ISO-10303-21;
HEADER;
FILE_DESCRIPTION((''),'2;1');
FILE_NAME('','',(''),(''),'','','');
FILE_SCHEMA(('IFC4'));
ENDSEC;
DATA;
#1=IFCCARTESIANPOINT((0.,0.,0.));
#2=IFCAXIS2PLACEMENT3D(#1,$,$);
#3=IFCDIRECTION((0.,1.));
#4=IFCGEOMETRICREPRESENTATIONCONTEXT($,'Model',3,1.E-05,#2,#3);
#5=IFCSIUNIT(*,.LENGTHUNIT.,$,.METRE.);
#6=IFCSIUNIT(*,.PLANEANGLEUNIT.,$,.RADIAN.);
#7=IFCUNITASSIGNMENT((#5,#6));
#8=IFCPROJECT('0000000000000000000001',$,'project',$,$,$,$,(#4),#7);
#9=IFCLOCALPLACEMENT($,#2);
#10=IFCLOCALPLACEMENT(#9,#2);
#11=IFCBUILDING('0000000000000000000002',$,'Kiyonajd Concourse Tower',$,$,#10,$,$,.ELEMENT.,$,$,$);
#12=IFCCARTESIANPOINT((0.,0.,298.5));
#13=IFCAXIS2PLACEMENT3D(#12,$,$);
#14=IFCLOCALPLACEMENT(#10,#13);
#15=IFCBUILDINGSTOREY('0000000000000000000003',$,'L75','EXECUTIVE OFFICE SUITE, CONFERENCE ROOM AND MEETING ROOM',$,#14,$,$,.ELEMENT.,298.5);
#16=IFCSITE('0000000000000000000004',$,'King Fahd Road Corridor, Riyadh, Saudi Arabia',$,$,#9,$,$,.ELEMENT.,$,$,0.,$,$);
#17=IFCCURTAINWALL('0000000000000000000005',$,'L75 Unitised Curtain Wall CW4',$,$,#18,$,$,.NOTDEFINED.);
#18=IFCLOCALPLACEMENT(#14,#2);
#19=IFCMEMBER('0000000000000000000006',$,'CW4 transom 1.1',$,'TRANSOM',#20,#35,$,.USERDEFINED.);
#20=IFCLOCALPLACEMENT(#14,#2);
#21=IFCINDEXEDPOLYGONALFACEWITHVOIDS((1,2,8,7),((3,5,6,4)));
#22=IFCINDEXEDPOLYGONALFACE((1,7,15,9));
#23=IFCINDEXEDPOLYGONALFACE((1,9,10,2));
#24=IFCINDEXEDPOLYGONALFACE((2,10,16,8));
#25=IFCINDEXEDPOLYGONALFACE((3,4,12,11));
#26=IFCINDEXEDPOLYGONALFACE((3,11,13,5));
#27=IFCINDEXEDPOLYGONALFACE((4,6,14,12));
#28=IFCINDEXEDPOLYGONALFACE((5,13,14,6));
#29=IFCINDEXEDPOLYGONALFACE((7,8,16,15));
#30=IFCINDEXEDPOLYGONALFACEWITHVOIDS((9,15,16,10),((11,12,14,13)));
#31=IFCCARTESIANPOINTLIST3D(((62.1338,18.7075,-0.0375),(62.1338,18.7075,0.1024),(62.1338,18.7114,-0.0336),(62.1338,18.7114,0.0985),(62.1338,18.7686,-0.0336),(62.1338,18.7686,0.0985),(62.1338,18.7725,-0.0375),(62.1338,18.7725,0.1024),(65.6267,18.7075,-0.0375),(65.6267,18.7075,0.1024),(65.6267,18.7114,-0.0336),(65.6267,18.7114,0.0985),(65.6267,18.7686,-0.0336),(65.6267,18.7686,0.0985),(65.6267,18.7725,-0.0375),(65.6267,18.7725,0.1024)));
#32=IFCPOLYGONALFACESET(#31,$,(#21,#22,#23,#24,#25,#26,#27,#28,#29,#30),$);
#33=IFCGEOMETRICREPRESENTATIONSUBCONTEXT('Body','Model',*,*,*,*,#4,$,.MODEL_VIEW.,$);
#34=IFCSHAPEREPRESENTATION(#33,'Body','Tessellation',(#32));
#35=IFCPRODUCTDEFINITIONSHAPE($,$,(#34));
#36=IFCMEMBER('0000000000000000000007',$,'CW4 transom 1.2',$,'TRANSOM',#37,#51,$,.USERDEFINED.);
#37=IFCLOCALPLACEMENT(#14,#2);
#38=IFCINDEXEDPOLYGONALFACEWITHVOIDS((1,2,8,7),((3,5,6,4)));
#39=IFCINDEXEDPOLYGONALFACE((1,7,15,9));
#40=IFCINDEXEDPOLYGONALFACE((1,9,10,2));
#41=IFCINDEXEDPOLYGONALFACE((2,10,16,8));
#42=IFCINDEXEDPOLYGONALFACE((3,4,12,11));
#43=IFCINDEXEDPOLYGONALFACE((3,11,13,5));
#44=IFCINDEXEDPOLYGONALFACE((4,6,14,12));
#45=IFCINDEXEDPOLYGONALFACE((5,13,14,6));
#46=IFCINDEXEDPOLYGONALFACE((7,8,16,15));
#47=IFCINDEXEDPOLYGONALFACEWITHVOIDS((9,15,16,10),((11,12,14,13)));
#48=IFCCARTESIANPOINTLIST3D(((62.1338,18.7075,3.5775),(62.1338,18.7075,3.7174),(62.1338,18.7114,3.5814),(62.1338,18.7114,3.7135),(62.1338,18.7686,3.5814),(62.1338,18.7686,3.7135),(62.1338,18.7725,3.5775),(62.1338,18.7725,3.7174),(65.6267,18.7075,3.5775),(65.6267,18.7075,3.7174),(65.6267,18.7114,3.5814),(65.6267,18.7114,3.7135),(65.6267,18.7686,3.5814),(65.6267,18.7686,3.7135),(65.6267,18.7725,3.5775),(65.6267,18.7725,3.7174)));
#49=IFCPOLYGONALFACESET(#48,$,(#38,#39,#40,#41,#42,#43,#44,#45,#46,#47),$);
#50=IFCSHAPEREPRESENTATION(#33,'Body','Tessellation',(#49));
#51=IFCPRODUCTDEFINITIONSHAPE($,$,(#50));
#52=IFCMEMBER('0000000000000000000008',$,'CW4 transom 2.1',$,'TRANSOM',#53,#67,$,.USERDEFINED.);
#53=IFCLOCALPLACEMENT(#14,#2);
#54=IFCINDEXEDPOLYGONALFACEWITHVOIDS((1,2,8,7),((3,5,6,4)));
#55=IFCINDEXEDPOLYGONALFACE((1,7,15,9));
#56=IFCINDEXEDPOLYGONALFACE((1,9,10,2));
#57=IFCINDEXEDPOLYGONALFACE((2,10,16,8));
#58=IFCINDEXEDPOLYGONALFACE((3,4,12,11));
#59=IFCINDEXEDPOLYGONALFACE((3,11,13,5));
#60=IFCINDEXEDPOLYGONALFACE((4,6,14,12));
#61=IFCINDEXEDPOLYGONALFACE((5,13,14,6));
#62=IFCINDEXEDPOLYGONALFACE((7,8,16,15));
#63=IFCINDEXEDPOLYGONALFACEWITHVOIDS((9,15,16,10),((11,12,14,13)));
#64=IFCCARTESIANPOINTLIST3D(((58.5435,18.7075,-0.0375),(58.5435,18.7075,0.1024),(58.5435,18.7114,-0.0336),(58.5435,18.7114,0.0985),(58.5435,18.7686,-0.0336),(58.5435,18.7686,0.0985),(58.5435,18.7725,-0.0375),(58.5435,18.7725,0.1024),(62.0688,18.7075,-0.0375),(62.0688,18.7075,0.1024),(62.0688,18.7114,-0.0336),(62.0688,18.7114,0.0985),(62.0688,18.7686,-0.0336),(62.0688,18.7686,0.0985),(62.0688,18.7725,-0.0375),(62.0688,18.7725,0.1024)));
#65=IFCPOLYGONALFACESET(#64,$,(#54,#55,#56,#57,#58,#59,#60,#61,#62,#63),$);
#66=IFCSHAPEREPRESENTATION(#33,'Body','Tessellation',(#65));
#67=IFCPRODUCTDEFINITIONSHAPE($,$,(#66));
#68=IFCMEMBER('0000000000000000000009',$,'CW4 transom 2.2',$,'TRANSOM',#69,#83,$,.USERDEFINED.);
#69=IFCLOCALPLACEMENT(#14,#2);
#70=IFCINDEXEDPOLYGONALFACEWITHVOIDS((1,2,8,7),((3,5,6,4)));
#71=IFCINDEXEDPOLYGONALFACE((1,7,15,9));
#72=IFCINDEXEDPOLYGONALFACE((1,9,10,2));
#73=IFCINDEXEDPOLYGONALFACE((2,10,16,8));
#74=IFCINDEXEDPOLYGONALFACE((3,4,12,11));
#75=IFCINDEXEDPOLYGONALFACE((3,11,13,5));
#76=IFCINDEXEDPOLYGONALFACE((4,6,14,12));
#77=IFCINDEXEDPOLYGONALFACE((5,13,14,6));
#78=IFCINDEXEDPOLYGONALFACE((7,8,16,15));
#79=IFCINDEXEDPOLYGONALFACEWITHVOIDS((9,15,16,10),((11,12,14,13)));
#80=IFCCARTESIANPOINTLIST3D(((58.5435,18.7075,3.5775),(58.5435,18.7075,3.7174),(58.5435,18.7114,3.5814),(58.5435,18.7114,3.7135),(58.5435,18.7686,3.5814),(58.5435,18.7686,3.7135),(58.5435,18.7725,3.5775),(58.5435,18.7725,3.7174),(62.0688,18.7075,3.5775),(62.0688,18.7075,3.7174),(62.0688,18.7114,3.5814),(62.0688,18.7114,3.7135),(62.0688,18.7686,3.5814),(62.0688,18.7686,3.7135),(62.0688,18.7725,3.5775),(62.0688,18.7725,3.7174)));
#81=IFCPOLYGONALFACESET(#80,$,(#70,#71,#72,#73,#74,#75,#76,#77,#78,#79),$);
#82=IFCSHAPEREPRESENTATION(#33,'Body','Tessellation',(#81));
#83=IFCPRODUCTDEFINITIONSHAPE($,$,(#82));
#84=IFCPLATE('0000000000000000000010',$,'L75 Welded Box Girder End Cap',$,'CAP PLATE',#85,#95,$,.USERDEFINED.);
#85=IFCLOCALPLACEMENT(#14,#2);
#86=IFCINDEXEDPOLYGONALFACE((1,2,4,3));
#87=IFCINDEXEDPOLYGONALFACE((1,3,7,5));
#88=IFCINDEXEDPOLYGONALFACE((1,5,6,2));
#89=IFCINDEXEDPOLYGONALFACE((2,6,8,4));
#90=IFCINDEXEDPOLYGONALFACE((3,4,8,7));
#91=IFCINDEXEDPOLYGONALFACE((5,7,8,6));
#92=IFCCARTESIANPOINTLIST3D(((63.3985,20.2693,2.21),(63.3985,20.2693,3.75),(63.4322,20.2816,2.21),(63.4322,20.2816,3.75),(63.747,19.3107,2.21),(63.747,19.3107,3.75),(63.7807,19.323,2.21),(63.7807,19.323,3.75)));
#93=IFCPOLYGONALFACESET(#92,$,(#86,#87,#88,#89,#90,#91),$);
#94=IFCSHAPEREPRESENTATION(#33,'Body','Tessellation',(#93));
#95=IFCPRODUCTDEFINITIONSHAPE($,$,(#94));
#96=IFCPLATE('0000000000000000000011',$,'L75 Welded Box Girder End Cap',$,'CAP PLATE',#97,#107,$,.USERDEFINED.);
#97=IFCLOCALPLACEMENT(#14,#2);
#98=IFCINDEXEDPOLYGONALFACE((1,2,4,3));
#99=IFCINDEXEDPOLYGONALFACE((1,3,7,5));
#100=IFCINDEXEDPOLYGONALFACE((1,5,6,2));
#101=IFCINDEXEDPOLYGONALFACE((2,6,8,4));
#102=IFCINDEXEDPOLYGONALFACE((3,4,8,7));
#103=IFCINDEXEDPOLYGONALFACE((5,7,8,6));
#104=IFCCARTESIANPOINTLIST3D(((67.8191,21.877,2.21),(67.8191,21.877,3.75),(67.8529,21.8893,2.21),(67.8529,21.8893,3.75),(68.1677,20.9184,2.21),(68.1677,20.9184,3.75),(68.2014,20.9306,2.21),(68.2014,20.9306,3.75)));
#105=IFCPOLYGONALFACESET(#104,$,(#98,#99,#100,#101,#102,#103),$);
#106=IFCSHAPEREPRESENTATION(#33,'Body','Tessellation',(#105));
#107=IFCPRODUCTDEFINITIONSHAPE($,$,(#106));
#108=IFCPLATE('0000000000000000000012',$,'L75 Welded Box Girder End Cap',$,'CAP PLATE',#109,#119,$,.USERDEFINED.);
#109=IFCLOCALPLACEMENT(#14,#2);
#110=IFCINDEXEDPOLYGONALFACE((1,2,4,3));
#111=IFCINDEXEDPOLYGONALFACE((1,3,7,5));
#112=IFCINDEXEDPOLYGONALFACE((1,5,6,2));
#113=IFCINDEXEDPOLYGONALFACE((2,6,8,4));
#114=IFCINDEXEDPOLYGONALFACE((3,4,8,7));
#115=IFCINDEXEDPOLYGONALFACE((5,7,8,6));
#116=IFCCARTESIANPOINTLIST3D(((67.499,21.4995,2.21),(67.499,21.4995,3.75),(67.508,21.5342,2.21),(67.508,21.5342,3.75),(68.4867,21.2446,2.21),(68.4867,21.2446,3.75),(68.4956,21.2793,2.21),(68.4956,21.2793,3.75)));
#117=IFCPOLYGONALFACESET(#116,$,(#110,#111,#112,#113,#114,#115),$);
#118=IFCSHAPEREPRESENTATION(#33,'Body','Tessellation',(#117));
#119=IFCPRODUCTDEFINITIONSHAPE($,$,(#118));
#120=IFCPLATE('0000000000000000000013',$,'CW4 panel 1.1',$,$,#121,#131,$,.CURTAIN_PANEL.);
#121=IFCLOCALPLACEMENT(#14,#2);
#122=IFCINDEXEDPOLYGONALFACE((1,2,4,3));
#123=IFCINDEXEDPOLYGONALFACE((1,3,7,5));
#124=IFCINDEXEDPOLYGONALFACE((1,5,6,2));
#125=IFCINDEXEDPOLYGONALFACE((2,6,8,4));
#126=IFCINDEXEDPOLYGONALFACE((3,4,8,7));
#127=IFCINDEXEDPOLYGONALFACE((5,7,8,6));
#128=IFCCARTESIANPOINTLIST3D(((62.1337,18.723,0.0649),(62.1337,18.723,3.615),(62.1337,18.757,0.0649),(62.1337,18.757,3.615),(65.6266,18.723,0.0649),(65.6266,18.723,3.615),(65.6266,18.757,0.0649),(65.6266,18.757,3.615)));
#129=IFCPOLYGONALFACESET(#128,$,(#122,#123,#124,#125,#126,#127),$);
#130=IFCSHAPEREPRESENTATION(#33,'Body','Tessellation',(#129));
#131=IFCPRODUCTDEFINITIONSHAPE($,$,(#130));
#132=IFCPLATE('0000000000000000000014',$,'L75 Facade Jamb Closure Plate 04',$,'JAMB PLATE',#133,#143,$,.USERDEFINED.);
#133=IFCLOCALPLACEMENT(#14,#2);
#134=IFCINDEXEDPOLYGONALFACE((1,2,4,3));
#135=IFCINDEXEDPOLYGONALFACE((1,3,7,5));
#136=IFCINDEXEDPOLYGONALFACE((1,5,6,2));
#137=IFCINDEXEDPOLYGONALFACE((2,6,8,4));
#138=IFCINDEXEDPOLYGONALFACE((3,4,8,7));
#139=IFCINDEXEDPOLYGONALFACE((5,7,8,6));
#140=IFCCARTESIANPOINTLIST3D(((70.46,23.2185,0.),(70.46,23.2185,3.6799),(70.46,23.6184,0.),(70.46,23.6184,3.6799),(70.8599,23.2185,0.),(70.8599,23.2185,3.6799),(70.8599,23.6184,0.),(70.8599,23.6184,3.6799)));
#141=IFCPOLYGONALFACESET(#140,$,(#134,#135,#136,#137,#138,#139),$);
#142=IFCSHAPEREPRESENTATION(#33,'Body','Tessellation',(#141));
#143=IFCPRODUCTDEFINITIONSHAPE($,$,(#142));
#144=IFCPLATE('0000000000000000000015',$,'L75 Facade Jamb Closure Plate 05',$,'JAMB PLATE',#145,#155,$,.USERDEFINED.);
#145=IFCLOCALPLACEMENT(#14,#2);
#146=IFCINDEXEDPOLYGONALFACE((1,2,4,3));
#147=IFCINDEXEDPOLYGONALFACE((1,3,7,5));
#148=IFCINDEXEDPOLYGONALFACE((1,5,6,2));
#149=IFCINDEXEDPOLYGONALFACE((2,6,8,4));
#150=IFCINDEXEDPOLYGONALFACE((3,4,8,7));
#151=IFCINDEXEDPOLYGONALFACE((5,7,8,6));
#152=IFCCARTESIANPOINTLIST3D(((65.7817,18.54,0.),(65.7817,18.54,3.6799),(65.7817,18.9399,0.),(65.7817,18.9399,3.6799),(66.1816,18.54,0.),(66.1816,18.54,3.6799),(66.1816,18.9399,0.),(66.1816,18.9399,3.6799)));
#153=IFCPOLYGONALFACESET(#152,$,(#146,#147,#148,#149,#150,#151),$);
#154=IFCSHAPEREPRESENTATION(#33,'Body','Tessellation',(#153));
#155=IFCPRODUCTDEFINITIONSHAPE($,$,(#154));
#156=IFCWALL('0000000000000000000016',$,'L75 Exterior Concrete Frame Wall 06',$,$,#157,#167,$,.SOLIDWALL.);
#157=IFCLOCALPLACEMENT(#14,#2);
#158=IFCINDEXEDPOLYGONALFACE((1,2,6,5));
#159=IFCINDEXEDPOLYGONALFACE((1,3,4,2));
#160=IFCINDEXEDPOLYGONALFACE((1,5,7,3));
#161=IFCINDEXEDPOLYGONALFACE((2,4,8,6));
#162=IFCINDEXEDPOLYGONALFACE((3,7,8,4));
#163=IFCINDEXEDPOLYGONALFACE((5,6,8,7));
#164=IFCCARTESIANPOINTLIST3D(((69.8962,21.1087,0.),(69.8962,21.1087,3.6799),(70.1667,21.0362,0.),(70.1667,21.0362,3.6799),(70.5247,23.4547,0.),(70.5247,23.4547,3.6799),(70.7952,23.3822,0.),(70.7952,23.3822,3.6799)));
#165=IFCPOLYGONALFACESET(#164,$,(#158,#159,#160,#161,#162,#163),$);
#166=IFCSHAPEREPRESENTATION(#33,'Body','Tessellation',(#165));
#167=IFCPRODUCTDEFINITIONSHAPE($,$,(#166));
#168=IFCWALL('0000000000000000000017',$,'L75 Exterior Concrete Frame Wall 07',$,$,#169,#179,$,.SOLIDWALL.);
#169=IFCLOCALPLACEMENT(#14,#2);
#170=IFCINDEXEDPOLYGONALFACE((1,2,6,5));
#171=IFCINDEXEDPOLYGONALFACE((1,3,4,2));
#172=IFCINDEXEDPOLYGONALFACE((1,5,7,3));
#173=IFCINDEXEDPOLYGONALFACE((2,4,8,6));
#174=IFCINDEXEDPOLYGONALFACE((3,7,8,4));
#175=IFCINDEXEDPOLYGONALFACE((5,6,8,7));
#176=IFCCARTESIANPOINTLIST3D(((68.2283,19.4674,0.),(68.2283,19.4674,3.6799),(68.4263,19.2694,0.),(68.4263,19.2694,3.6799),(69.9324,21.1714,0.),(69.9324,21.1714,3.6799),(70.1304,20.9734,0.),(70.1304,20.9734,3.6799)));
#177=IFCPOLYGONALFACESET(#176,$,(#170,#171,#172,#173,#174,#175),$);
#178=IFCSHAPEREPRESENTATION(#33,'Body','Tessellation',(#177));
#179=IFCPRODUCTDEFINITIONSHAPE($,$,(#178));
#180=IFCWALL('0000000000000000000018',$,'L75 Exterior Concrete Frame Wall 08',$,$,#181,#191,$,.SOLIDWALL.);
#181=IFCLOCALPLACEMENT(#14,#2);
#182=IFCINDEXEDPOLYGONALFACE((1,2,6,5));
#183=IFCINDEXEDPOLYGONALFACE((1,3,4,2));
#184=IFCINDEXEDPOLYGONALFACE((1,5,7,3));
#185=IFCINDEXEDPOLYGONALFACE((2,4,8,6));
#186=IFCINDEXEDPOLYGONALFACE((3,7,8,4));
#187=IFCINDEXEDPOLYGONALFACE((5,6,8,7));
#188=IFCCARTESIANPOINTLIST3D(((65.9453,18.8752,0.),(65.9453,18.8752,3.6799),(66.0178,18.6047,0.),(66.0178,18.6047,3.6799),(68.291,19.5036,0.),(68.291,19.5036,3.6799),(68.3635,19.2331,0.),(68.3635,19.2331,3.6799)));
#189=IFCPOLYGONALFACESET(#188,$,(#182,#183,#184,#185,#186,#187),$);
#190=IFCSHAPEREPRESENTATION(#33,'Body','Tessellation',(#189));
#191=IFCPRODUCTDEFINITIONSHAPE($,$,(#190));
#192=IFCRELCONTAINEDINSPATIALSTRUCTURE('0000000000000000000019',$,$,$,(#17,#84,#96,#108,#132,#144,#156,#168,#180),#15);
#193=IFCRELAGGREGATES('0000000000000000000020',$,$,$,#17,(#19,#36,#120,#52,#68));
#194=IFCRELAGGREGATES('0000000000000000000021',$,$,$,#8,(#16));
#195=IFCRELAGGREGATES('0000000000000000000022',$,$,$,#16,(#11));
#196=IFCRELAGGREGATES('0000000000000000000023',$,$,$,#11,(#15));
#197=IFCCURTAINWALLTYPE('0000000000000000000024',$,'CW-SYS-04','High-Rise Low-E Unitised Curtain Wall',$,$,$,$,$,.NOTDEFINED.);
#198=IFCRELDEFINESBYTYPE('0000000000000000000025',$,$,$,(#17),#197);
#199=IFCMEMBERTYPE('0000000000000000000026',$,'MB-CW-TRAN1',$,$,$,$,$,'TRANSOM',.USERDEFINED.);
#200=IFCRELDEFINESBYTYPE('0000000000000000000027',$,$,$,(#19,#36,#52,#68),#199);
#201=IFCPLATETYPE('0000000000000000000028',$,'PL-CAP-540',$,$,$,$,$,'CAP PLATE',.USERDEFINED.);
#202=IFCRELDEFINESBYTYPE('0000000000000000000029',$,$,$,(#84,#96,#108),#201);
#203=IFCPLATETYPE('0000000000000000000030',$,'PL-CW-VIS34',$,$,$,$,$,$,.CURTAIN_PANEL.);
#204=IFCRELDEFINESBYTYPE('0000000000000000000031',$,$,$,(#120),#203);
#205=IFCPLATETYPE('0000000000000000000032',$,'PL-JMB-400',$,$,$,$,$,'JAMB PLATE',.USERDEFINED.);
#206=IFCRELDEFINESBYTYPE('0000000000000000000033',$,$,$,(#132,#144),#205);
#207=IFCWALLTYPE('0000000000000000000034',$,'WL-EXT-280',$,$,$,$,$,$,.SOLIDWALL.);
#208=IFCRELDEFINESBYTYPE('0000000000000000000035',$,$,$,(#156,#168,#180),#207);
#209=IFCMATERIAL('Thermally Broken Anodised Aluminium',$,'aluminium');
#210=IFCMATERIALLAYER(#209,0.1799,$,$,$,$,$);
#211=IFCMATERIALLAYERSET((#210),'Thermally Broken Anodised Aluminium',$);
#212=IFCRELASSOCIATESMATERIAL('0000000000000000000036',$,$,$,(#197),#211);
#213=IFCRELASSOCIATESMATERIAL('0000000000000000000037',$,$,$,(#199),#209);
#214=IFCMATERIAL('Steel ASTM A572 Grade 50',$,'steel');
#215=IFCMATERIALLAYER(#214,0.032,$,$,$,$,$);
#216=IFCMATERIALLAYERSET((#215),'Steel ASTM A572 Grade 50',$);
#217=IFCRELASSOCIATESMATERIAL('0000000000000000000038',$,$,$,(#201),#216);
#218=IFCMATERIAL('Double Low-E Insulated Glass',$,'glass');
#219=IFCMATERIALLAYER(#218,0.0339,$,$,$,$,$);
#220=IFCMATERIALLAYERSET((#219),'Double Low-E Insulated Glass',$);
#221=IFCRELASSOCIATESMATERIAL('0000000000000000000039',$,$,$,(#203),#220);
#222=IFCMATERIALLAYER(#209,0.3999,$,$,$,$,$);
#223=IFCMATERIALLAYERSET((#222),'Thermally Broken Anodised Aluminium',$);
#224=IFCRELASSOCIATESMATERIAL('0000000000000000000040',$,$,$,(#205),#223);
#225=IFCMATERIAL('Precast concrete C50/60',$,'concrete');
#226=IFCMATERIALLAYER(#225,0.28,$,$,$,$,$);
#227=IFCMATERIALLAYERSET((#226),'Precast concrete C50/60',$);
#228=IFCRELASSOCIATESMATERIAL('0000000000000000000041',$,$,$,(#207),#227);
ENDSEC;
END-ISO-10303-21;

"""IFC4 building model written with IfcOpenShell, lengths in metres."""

from ifc_helpers import new_model, si_unit, direction, frame, frame_2d, origin, origin_2d, place, context, subcontext, project, spatial, rectangle, hollow_rectangle, extrude, material, layer, layer_set, material_profile, profile_set, type_object, element, aggregate, save


model = new_model("IFC4")

# Units and contexts
model_context = context("Model", 3, precision=1e-05, world=origin(), true_north=direction((0.0, 1.0)))
body_context = subcontext(model_context, "Body", "Model", "MODEL_VIEW")
ifc_project = project(units=[si_unit("LENGTHUNIT", "METRE"), si_unit("PLANEANGLEUNIT", "RADIAN")], contexts=[model_context])

# Site, building, storey
site_placement = place(None, origin())
site = spatial("IfcSite", under=ifc_project, at=site_placement, Name="King Fahd Road Corridor, Riyadh, Saudi Arabia", CompositionType="ELEMENT", RefElevation=0.0)
building_placement = place(site_placement, origin())
building = spatial("IfcBuilding", under=site, at=building_placement, Name="Kiyonajd Concourse Tower", CompositionType="ELEMENT")
storey_placement = place(building_placement, frame((0.0, 0.0, 298.5)))
storey = spatial("IfcBuildingStorey", under=building, at=storey_placement, Name="L75", Description="EXECUTIVE OFFICE SUITE, CONFERENCE ROOM AND MEETING ROOM", CompositionType="ELEMENT", Elevation=298.5)

# Shared definitions
ifc_material_1 = material(Name="Steel ASTM A572 Grade 50", Category="steel")

# Shared definitions
ifc_material_2 = material(Name="Thermally Broken Anodised Aluminium", Category="aluminium")
ifc_layer_1 = layer(ifc_material_2, 0.1799)
ifc_layer_set_1 = layer_set([ifc_layer_1], Name="Thermally Broken Anodised Aluminium")
curtain_wall_type = type_object("IfcCurtainWallType", Name="CW-SYS-04", Description="High-Rise Low-E Unitised Curtain Wall", PredefinedType="NOTDEFINED", material=ifc_layer_set_1)

# Curtain wall, members
curtain_wall_1_placement = place(storey_placement, origin())
curtain_wall_1 = element("IfcCurtainWall", 1, at=curtain_wall_1_placement, inside=storey, type_object=curtain_wall_type, Name="L75 Unitised Curtain Wall CW4", PredefinedType="NOTDEFINED")
ifc_material_profile_1 = material_profile(ifc_material_2, hollow_rectangle(XDim=0.0649, YDim=0.1399, WallThickness=0.0039, at=origin_2d()), Name="TRAN-65x140")
ifc_profile_set_1 = profile_set([ifc_material_profile_1], Name="Thermally Broken Anodised Aluminium")
member_type_1 = type_object("IfcMemberType", Name="MB-CW-TRAN1", ElementType="TRANSOM", PredefinedType="USERDEFINED", material=ifc_profile_set_1)
member_1_placement = place(storey_placement, frame((65.6267, 18.74, 0.0325), z_axis=(-1.0, 0.0, 0.0), x_axis=(0.0, -1.0, 0.0)))
member_1 = element("IfcMember", 2, at=member_1_placement, type_object=member_type_1, Name="CW4 transom 1.1", ObjectType="TRANSOM", PredefinedType="USERDEFINED", context=body_context, shape_type="SweptSolid", body=[
    extrude(hollow_rectangle(XDim=0.0649, YDim=0.1399, WallThickness=0.0039, at=origin_2d()), origin(), (0.0, 0.0, 1.0), 3.4929),
])
member_2_placement = place(storey_placement, frame((65.6267, 18.74, 3.6475), z_axis=(-1.0, 0.0, 0.0), x_axis=(0.0, -1.0, 0.0)))
member_2 = element("IfcMember", 3, at=member_2_placement, type_object=member_type_1, Name="CW4 transom 1.2", ObjectType="TRANSOM", PredefinedType="USERDEFINED", context=body_context, shape_type="SweptSolid", body=[
    extrude(hollow_rectangle(XDim=0.0649, YDim=0.1399, WallThickness=0.0039, at=origin_2d()), origin(), (0.0, 0.0, 1.0), 3.4929),
])
member_3_placement = place(storey_placement, frame((62.0688, 18.74, 0.0325), z_axis=(-1.0, 0.0, 0.0), x_axis=(0.0, -1.0, 0.0)))
member_3 = element("IfcMember", 4, at=member_3_placement, type_object=member_type_1, Name="CW4 transom 2.1", ObjectType="TRANSOM", PredefinedType="USERDEFINED", context=body_context, shape_type="SweptSolid", body=[
    extrude(hollow_rectangle(XDim=0.0649, YDim=0.1399, WallThickness=0.0039, at=origin_2d()), origin(), (0.0, 0.0, 1.0), 3.5254),
])
member_4_placement = place(storey_placement, frame((62.0688, 18.74, 3.6475), z_axis=(-1.0, 0.0, 0.0), x_axis=(0.0, -1.0, 0.0)))
member_4 = element("IfcMember", 5, at=member_4_placement, type_object=member_type_1, Name="CW4 transom 2.2", ObjectType="TRANSOM", PredefinedType="USERDEFINED", context=body_context, shape_type="SweptSolid", body=[
    extrude(hollow_rectangle(XDim=0.0649, YDim=0.1399, WallThickness=0.0039, at=origin_2d()), origin(), (0.0, 0.0, 1.0), 3.5254),
])

# Plates
ifc_layer_2 = layer(ifc_material_1, 0.032)
ifc_layer_set_2 = layer_set([ifc_layer_2], Name="Steel ASTM A572 Grade 50")
plate_type_1 = type_object("IfcPlateType", Name="PL-CAP-540", ElementType="CAP PLATE", PredefinedType="USERDEFINED", material=ifc_layer_set_2)
for number, where, z_axis, x_axis, name in (
    (6, (63.5896, 19.7961, 2.21), (0.0, 0.0, 1.0), (-0.939812, -0.341692, 0.0), "L75 Welded Box Girder End Cap"),
    (7, (68.0103, 21.4038, 2.21), (0.0, 0.0, 1.0), (0.939812, 0.341692, 0.0), "L75 Welded Box Girder End Cap"),
    (8, (67.9973, 21.3894, 2.21), (0.0, 0.0, 1.0), (-0.249873, -0.968279, 0.0), "L75 Welded Box Girder End Cap"),
):
    element("IfcPlate", number, at=place(storey_placement, frame(where, z_axis=z_axis, x_axis=x_axis)), inside=storey, type_object=plate_type_1, Name=name, ObjectType="CAP PLATE", PredefinedType="USERDEFINED", context=body_context, shape_type="SweptSolid", body=[
        extrude(rectangle(XDim=0.0359, YDim=1.02, at=origin_2d()), origin(), (0.0, 0.0, 1.0), 1.54),
    ])

# Plate
ifc_material_3 = material(Name="Double Low-E Insulated Glass", Category="glass")
ifc_layer_3 = layer(ifc_material_3, 0.0339)
ifc_layer_set_3 = layer_set([ifc_layer_3], Name="Double Low-E Insulated Glass")
plate_type_2 = type_object("IfcPlateType", Name="PL-CW-VIS34", PredefinedType="CURTAIN_PANEL", material=ifc_layer_set_3)
plate_placement = place(storey_placement, frame((63.8801, 18.74, 0.0649), z_axis=(0.0, 0.0, 1.0), x_axis=(-1.0, 0.0, 0.0)))
plate = element("IfcPlate", 9, at=plate_placement, type_object=plate_type_2, Name="CW4 panel 1.1", PredefinedType="CURTAIN_PANEL", context=body_context, shape_type="SweptSolid", body=[
    extrude(rectangle(XDim=3.4929, YDim=0.0339, at=origin_2d()), origin(), (0.0, 0.0, 1.0), 3.55),
])
aggregate(curtain_wall_1, [member_1, member_2, plate, member_3, member_4])

# Plates
ifc_layer_4 = layer(ifc_material_2, 0.3999)
ifc_layer_set_4 = layer_set([ifc_layer_4], Name="Thermally Broken Anodised Aluminium")
plate_type_3 = type_object("IfcPlateType", Name="PL-JMB-400", ElementType="JAMB PLATE", PredefinedType="USERDEFINED", material=ifc_layer_set_4)
for number, where, z_axis, x_axis, name in (
    (10, (70.6599, 23.4185, 0.0), (0.0, 0.0, 1.0), (1.0, 0.0, 0.0), "L75 Facade Jamb Closure Plate 04"),
    (11, (65.9817, 18.74, 0.0), (0.0, 0.0, 1.0), (1.0, 0.0, 0.0), "L75 Facade Jamb Closure Plate 05"),
):
    element("IfcPlate", number, at=place(storey_placement, frame(where, z_axis=z_axis, x_axis=x_axis)), inside=storey, type_object=plate_type_3, Name=name, ObjectType="JAMB PLATE", PredefinedType="USERDEFINED", context=body_context, shape_type="SweptSolid", body=[
        extrude(rectangle(XDim=0.3999, YDim=0.3999, at=origin_2d()), origin(), (0.0, 0.0, 1.0), 3.6799),
    ])

# Walls
ifc_material_4 = material(Name="Precast concrete C50/60", Category="concrete")
ifc_layer_5 = layer(ifc_material_4, 0.28)
ifc_layer_set_5 = layer_set([ifc_layer_5], Name="Precast concrete C50/60")
wall_type = type_object("IfcWallType", Name="WL-EXT-280", PredefinedType="SOLIDWALL", material=ifc_layer_set_5)
wall_1_placement = place(storey_placement, frame((70.6599, 23.4185, 0.0), z_axis=(0.0, 0.0, 1.0), x_axis=(-0.258751, -0.965944, 0.0)))
element("IfcWall", 12, at=wall_1_placement, inside=storey, type_object=wall_type, Name="L75 Exterior Concrete Frame Wall 06", PredefinedType="SOLIDWALL", context=body_context, shape_type="SweptSolid", body=[
    extrude(rectangle(XDim=2.4287, YDim=0.28, at=frame_2d((1.2144, 0.0))), origin(), (0.0, 0.0, 1.0), 3.6799),
])
wall_2_placement = place(storey_placement, frame((70.0315, 21.0725, 0.0), z_axis=(0.0, 0.0, 1.0), x_axis=(-0.707107, -0.707107, 0.0)))
element("IfcWall", 13, at=wall_2_placement, inside=storey, type_object=wall_type, Name="L75 Exterior Concrete Frame Wall 07", PredefinedType="SOLIDWALL", context=body_context, shape_type="SweptSolid", body=[
    extrude(rectangle(XDim=2.4099, YDim=0.28, at=frame_2d((1.2051, 0.0))), origin(), (0.0, 0.0, 1.0), 3.6799),
])
wall_3_placement = place(storey_placement, frame((68.3274, 19.3684, 0.0), z_axis=(0.0, 0.0, 1.0), x_axis=(-0.965937, -0.258776, 0.0)))
element("IfcWall", 14, at=wall_3_placement, inside=storey, type_object=wall_type, Name="L75 Exterior Concrete Frame Wall 08", PredefinedType="SOLIDWALL", context=body_context, shape_type="SweptSolid", body=[
    extrude(rectangle(XDim=2.4285, YDim=0.28, at=frame_2d((1.2144, 0.0))), origin(), (0.0, 0.0, 1.0), 3.6799),
])

save(model, "model.ifc")
